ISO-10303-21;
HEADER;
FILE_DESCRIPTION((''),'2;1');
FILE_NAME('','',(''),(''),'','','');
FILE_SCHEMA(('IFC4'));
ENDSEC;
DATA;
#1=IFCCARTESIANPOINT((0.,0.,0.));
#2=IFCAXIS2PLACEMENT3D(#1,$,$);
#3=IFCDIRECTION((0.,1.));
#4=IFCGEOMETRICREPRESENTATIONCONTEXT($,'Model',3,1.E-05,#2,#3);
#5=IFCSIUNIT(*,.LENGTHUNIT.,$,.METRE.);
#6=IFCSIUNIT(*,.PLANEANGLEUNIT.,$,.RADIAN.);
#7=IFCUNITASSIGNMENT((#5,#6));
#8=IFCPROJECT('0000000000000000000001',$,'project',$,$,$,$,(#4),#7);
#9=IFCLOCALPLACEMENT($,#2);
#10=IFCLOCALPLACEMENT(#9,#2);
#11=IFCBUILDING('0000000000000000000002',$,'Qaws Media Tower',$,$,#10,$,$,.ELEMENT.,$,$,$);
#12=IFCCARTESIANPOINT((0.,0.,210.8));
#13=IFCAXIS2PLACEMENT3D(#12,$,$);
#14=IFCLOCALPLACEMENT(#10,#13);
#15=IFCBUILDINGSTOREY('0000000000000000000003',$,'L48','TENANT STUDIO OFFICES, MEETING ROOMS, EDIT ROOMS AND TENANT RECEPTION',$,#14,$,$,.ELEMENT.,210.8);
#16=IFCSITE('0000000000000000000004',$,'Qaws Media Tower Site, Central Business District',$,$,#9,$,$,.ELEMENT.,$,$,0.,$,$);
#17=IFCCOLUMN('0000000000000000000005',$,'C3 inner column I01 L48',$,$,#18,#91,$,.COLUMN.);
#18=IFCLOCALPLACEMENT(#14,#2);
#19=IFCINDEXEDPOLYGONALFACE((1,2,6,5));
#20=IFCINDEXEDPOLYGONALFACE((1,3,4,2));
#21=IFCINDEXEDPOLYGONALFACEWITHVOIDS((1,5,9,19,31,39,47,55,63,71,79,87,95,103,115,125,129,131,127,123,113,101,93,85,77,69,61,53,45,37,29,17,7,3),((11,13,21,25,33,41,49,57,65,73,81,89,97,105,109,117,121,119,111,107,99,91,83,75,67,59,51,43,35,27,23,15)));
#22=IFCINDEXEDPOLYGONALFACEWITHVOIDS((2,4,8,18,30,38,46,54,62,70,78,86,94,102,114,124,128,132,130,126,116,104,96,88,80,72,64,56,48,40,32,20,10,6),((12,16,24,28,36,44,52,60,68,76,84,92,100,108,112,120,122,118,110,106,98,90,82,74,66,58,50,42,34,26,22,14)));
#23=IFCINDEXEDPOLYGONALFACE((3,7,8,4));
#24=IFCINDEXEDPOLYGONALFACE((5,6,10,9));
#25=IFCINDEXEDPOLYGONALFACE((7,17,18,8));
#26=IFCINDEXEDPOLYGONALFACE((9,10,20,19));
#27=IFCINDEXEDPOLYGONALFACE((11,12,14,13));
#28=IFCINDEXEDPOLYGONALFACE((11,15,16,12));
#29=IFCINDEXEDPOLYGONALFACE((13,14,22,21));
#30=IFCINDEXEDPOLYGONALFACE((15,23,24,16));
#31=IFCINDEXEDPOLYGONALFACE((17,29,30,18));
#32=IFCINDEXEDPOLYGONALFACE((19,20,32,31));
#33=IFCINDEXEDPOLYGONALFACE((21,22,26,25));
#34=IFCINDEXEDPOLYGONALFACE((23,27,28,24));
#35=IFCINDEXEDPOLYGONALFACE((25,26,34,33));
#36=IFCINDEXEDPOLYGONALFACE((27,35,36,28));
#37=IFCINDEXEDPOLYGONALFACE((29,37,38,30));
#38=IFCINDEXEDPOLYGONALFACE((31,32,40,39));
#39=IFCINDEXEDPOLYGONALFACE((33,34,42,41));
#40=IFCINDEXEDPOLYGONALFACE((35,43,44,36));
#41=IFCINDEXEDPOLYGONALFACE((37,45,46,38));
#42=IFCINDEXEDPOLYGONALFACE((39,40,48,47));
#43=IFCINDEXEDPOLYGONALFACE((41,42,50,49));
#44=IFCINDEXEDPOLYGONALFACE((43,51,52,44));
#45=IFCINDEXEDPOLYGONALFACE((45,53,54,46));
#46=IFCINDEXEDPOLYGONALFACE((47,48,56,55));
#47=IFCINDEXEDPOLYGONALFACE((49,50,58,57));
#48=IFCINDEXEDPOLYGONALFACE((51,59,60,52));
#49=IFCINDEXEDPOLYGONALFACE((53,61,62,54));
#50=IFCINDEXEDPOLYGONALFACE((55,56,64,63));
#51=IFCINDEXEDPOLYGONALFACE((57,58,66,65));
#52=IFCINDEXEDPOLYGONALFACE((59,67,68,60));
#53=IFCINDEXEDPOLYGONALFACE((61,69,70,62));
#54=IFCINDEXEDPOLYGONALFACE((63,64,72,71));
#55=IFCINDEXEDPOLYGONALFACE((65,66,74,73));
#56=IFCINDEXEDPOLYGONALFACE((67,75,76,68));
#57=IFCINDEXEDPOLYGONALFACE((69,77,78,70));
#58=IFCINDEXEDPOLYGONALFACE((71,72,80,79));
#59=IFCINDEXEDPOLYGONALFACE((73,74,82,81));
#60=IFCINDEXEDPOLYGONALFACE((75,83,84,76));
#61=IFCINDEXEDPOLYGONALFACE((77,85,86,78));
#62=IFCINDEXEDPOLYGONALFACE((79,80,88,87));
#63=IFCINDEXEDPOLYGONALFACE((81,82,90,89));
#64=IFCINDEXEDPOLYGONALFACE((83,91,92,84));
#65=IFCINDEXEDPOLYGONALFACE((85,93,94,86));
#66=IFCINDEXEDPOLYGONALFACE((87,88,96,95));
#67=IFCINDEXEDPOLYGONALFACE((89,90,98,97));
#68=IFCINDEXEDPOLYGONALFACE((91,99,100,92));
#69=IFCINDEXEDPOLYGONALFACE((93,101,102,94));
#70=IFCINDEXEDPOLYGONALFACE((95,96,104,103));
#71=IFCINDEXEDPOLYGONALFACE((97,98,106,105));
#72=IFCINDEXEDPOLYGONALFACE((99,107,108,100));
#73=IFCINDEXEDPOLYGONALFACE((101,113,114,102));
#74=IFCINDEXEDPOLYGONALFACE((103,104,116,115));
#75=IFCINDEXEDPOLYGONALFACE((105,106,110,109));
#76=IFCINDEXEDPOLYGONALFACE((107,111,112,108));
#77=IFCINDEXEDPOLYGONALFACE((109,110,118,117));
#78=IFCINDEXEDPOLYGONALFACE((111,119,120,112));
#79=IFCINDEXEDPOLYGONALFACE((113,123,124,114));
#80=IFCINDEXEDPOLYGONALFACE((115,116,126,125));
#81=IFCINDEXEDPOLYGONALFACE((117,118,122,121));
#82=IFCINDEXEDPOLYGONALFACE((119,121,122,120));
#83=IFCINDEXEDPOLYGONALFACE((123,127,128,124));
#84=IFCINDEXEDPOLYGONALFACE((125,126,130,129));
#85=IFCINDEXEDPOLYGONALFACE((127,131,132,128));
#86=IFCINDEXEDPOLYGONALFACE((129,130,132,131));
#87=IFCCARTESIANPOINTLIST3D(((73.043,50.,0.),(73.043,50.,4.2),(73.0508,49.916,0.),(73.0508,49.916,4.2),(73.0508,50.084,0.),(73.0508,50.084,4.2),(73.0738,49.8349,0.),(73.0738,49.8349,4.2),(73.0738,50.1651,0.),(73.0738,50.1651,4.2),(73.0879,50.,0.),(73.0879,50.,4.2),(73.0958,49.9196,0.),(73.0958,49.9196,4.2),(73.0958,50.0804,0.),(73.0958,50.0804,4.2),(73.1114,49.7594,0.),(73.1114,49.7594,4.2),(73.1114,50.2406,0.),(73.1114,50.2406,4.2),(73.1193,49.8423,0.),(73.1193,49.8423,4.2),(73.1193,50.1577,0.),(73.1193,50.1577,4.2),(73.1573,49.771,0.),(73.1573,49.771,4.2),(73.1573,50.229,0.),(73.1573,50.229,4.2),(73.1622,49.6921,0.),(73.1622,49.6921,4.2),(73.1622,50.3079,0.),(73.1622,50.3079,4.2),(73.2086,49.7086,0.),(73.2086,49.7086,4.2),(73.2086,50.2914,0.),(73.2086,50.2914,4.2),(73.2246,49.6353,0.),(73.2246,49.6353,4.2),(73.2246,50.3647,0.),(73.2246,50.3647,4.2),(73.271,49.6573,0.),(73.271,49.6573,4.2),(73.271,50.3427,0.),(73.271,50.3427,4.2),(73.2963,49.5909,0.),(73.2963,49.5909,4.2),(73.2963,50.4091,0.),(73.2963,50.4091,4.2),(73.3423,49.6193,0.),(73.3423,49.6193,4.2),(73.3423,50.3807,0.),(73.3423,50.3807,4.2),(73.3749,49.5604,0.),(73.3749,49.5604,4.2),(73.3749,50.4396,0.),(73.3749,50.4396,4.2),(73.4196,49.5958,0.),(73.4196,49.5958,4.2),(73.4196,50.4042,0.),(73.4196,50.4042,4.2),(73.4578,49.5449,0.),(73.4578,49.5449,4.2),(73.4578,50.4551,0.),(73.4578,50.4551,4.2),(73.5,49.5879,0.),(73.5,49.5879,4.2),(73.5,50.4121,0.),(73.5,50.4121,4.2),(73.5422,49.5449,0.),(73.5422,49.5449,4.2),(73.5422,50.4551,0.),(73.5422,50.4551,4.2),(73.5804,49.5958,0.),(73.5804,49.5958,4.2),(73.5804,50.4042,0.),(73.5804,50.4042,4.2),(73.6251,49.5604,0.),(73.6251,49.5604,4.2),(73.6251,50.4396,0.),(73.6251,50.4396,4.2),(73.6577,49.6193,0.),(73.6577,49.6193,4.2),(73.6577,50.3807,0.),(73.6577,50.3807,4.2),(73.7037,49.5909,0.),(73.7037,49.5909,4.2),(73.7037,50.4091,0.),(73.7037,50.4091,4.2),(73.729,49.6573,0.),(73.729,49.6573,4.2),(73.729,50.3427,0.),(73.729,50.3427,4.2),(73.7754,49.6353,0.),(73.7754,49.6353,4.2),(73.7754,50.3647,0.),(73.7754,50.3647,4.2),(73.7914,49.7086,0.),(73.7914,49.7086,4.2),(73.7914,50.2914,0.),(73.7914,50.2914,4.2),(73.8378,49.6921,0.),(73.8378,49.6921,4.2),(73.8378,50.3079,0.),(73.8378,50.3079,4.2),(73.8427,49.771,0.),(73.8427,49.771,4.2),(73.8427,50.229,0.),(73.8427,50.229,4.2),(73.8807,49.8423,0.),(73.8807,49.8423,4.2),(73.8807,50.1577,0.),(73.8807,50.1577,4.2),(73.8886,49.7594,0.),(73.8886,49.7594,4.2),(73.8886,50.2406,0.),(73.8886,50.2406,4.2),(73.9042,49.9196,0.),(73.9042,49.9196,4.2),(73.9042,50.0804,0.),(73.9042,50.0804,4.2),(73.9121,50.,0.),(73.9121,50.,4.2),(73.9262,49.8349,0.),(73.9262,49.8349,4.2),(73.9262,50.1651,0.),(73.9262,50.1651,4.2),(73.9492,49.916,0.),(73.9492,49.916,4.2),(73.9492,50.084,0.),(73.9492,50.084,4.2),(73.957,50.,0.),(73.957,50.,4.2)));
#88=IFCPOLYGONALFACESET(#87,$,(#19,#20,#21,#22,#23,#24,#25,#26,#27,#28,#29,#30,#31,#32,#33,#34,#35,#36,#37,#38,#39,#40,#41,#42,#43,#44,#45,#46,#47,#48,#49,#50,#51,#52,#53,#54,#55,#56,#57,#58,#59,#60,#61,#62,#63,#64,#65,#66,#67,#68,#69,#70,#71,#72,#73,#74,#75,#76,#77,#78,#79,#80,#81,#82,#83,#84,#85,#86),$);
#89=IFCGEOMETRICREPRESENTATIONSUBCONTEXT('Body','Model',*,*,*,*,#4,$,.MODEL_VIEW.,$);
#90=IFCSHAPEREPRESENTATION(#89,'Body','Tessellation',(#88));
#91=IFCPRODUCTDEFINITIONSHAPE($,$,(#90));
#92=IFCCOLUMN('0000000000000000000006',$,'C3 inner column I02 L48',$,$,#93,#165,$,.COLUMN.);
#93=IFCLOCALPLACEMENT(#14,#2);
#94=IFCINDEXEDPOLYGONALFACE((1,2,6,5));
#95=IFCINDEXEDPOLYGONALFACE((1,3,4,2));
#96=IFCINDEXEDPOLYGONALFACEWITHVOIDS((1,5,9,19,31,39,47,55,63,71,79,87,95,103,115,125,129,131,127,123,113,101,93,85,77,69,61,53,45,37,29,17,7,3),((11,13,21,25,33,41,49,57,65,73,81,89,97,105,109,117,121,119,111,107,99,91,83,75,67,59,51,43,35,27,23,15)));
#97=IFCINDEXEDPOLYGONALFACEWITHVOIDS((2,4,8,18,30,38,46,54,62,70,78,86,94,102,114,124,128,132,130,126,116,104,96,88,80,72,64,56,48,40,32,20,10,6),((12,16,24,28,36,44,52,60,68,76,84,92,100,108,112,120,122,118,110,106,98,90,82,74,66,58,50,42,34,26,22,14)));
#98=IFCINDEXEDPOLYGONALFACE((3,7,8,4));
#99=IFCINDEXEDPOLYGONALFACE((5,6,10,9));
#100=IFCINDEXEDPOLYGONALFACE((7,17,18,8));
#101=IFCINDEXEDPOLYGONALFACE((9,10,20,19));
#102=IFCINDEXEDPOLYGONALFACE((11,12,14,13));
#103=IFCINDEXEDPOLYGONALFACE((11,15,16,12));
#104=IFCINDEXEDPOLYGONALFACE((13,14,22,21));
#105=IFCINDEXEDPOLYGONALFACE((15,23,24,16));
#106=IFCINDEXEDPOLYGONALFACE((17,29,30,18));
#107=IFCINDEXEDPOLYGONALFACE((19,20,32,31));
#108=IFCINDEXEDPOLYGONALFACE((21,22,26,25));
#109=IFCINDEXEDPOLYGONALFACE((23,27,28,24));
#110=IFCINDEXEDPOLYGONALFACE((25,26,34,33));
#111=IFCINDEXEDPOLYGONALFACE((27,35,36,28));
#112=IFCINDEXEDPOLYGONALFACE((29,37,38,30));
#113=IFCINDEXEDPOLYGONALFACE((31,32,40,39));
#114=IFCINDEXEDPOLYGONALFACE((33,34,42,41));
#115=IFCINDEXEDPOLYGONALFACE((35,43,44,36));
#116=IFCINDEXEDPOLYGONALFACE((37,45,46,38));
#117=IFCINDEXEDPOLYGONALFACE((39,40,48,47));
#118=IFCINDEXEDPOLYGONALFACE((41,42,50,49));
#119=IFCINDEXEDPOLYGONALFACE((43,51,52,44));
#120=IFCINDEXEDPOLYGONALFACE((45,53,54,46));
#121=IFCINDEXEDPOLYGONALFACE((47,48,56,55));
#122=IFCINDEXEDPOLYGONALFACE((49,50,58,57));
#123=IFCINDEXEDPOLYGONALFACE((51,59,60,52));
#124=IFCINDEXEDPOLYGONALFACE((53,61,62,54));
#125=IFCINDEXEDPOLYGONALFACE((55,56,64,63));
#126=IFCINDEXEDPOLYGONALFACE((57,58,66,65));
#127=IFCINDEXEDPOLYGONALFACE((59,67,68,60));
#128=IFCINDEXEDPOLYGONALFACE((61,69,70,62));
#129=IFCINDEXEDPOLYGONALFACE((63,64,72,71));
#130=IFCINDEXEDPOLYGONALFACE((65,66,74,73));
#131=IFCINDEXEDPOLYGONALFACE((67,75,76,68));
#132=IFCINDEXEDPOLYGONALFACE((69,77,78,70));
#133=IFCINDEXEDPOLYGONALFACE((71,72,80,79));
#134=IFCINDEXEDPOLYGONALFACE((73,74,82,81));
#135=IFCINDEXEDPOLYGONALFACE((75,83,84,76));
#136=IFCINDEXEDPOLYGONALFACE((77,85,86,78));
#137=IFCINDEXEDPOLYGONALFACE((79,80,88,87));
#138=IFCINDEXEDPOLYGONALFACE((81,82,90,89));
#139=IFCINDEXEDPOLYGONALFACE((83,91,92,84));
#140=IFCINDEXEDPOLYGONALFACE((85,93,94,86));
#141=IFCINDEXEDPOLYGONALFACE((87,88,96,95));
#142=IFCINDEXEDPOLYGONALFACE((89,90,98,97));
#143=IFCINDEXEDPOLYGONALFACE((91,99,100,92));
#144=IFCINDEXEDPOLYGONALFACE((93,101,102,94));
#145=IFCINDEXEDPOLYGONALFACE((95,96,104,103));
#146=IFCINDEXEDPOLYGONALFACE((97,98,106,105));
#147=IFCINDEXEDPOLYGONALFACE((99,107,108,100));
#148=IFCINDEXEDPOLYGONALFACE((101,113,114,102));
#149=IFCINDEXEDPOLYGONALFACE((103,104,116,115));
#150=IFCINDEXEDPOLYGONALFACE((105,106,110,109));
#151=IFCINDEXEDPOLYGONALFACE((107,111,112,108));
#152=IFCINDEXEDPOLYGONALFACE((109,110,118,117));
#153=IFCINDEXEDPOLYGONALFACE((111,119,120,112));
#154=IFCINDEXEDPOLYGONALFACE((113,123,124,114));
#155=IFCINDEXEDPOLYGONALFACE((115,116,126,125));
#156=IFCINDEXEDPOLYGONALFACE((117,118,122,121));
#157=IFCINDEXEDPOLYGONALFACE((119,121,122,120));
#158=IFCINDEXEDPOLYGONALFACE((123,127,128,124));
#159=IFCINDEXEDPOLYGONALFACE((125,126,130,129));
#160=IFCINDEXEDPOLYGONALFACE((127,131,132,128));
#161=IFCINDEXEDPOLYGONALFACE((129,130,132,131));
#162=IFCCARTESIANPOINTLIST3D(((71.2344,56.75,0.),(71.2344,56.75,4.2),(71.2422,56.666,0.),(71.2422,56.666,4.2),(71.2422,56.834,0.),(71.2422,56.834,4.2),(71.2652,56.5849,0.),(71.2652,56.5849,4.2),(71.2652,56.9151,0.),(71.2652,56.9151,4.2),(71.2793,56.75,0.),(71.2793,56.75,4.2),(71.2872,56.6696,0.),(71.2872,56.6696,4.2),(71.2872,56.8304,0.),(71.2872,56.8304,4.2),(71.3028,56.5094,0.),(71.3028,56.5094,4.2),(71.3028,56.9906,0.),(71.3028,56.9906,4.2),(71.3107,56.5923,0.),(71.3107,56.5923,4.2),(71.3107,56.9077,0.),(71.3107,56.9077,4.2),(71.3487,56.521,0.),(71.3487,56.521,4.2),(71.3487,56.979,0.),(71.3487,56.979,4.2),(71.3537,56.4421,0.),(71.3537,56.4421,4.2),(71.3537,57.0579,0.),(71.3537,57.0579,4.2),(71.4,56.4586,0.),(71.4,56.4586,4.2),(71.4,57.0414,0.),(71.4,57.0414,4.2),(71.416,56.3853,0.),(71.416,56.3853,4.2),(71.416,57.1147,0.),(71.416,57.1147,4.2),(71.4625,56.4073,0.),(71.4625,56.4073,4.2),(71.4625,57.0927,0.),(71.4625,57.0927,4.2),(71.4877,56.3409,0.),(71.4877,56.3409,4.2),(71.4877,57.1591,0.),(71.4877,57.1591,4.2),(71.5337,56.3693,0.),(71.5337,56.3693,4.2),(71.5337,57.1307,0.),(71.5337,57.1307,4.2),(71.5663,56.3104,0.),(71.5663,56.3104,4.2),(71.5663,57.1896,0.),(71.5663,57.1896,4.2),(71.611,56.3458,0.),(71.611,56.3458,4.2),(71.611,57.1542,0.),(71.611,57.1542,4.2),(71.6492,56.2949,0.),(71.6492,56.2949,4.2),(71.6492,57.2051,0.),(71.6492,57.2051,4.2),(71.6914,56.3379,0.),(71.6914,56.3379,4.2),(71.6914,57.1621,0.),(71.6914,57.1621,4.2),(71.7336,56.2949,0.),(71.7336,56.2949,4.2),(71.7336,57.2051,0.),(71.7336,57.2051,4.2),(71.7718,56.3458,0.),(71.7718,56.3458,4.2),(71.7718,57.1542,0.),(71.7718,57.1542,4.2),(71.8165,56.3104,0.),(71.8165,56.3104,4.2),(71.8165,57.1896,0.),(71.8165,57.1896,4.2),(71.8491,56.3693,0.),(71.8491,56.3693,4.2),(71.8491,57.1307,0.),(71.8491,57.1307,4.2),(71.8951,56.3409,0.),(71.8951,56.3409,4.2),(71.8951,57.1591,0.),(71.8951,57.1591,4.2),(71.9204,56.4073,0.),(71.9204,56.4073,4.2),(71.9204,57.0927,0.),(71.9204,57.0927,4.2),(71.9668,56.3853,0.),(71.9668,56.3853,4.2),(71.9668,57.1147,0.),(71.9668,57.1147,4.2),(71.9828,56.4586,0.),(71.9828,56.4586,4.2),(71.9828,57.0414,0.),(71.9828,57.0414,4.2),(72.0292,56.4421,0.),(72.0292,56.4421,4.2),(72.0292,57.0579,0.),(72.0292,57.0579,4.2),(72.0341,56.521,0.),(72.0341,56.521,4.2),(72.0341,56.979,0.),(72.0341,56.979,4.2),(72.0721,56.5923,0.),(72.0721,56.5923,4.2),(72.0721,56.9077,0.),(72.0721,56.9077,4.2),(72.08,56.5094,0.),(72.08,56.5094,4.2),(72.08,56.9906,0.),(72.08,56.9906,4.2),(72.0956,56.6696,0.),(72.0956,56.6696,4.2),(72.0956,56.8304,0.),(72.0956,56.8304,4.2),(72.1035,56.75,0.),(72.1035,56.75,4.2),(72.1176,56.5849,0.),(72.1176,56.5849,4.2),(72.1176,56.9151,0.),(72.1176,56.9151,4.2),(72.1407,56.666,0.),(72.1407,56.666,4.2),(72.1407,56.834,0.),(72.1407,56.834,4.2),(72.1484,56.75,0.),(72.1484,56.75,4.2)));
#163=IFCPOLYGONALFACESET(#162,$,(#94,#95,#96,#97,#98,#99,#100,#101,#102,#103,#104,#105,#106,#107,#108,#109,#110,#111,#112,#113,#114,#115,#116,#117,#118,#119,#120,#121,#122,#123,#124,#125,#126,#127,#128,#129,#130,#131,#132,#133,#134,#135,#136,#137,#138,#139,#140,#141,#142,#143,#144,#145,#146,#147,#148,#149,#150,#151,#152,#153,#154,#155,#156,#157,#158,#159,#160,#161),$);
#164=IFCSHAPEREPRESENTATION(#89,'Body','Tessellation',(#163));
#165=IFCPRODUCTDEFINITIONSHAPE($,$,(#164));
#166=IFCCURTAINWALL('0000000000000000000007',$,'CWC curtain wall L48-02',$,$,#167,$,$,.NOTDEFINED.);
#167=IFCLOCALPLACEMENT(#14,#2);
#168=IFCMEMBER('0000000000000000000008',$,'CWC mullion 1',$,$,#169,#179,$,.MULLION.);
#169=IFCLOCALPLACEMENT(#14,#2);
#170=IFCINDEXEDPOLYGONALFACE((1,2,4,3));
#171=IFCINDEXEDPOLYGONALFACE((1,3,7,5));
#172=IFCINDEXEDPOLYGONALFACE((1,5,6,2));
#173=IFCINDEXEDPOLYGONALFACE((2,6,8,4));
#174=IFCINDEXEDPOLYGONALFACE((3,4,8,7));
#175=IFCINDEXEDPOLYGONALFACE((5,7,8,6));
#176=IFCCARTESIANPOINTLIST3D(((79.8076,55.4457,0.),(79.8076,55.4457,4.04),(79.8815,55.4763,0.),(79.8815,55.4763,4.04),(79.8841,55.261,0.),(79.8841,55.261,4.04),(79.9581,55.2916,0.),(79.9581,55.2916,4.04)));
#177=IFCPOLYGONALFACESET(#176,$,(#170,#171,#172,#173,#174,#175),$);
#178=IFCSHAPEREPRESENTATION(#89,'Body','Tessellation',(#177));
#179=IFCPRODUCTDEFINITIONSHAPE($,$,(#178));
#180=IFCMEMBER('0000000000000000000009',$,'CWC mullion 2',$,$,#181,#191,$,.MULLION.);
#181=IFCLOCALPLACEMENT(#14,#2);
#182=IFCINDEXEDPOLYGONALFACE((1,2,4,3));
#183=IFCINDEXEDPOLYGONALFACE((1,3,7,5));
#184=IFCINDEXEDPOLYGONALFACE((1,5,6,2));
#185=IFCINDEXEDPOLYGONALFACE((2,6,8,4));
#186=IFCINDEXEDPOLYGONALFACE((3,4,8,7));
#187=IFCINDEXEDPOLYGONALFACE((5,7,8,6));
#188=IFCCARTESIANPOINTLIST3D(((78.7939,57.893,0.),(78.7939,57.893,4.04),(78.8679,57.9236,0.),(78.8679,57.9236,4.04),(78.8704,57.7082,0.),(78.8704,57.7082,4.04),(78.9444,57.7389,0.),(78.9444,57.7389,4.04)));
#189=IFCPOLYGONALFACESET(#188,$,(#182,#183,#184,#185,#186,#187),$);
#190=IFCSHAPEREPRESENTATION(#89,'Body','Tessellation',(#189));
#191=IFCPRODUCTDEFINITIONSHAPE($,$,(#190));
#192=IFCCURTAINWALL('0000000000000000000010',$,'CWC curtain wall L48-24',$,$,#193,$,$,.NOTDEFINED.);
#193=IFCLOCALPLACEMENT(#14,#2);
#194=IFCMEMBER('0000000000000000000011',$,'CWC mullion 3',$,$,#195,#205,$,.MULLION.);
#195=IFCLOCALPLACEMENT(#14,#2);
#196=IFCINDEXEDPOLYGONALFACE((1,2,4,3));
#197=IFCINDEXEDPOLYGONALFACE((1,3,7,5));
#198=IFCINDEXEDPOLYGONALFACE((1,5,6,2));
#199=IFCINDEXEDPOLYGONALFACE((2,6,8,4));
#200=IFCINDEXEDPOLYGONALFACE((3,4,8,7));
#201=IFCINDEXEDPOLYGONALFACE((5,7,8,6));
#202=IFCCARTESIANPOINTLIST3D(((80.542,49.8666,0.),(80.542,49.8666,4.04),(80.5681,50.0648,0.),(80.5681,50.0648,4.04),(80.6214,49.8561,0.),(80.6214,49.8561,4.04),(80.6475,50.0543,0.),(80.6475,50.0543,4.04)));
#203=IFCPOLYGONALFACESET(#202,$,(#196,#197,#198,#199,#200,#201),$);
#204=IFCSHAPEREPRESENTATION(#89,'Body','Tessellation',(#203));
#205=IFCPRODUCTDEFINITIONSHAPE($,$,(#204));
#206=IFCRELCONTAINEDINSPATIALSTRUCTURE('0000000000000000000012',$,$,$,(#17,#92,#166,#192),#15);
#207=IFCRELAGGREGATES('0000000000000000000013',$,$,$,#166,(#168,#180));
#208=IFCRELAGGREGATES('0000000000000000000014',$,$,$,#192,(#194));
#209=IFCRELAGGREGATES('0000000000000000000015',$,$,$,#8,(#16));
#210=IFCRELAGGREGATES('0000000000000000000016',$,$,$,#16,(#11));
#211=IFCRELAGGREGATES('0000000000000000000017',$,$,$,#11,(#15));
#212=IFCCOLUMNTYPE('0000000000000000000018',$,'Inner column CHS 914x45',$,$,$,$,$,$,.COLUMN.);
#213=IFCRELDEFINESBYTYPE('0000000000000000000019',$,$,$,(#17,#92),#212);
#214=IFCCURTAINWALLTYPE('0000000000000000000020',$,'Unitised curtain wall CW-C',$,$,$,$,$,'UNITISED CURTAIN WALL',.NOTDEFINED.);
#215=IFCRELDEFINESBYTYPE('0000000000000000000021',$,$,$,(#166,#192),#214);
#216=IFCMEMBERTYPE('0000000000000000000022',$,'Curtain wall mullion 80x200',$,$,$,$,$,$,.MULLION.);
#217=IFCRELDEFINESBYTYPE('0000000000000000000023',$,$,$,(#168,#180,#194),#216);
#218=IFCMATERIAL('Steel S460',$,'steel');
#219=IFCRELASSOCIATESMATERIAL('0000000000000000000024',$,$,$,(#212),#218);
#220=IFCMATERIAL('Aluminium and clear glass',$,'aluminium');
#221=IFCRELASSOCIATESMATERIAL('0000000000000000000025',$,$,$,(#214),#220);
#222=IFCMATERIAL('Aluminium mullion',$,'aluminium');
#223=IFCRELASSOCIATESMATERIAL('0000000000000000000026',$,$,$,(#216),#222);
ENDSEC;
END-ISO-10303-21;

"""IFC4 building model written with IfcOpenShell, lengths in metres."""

from ifc_helpers import new_model, si_unit, direction, frame, origin, origin_2d, place, context, subcontext, project, spatial, rectangle, hollow_circle, extrude, material, material_profile, profile_set, type_object, element, aggregate, save


model = new_model("IFC4")

# Units and contexts
model_context = context("Model", 3, precision=1e-05, world=origin(), true_north=direction((0.0, 1.0)))
body_context = subcontext(model_context, "Body", "Model", "MODEL_VIEW")
ifc_project = project(units=[si_unit("LENGTHUNIT", "METRE"), si_unit("PLANEANGLEUNIT", "RADIAN")], contexts=[model_context])

# Site, building, storey
site_placement = place(None, origin())
site = spatial("IfcSite", under=ifc_project, at=site_placement, Name="Qaws Media Tower Site, Central Business District", CompositionType="ELEMENT", RefElevation=0.0)
building_placement = place(site_placement, origin())
building = spatial("IfcBuilding", under=site, at=building_placement, Name="Qaws Media Tower", CompositionType="ELEMENT")
storey_placement = place(building_placement, frame((0.0, 0.0, 210.8)))
storey = spatial("IfcBuildingStorey", under=building, at=storey_placement, Name="L48", Description="TENANT STUDIO OFFICES, MEETING ROOMS, EDIT ROOMS AND TENANT RECEPTION", CompositionType="ELEMENT", Elevation=210.8)

# Columns
ifc_material_1 = material(Name="Steel S460", Category="steel")
ifc_material_profile_1 = material_profile(ifc_material_1, hollow_circle(Radius=0.457, WallThickness=0.0449, at=origin_2d()), Name="CHS 914x45")
ifc_profile_set_1 = profile_set([ifc_material_profile_1], Name="Steel S460")
column_type = type_object("IfcColumnType", Name="Inner column CHS 914x45", PredefinedType="COLUMN", material=ifc_profile_set_1)
for number, where, z_axis, x_axis, name in (
    (1, (73.5, 50.0, 0.0), (0.0, 0.0, 1.0), (1.0, 0.0, 0.0), "C3 inner column I01 L48"),
    (2, (71.6914, 56.75, 0.0), (0.0, 0.0, 1.0), (1.0, 0.0, 0.0), "C3 inner column I02 L48"),
):
    element("IfcColumn", number, at=place(storey_placement, frame(where, z_axis=z_axis, x_axis=x_axis)), inside=storey, type_object=column_type, Name=name, PredefinedType="COLUMN", context=body_context, shape_type="SweptSolid", body=[
        extrude(hollow_circle(Radius=0.457, WallThickness=0.0449, at=origin_2d()), origin(), (0.0, 0.0, 1.0), 4.2),
    ])

# Curtain wall, members
ifc_material_2 = material(Name="Aluminium and clear glass", Category="aluminium")
curtain_wall_type = type_object("IfcCurtainWallType", Name="Unitised curtain wall CW-C", ElementType="UNITISED CURTAIN WALL", PredefinedType="NOTDEFINED", material=ifc_material_2)
curtain_wall_1_placement = place(storey_placement, origin())
curtain_wall_1 = element("IfcCurtainWall", 3, at=curtain_wall_1_placement, inside=storey, type_object=curtain_wall_type, Name="CWC curtain wall L48-02", PredefinedType="NOTDEFINED")
ifc_material_3 = material(Name="Aluminium mullion", Category="aluminium")
ifc_material_profile_2 = material_profile(ifc_material_3, rectangle(XDim=0.0801, YDim=0.2, at=origin_2d()), Name="80x200")
ifc_profile_set_2 = profile_set([ifc_material_profile_2], Name="Aluminium mullion")
member_type_1 = type_object("IfcMemberType", Name="Curtain wall mullion 80x200", PredefinedType="MULLION", material=ifc_profile_set_2)
member_1_placement = place(storey_placement, frame((79.8828, 55.3687, 0.0), z_axis=(0.0, 0.0, 1.0), x_axis=(-0.92388, -0.382683, 0.0)))
member_1 = element("IfcMember", 4, at=member_1_placement, type_object=member_type_1, Name="CWC mullion 1", PredefinedType="MULLION", context=body_context, shape_type="SweptSolid", body=[
    extrude(rectangle(XDim=0.0801, YDim=0.2, at=origin_2d()), origin(), (0.0, 0.0, 1.0), 4.04),
])
member_2_placement = place(storey_placement, frame((78.8691, 57.8159, 0.0), z_axis=(0.0, 0.0, 1.0), x_axis=(-0.92388, -0.382683, 0.0)))
member_2 = element("IfcMember", 5, at=member_2_placement, type_object=member_type_1, Name="CWC mullion 2", PredefinedType="MULLION", context=body_context, shape_type="SweptSolid", body=[
    extrude(rectangle(XDim=0.0801, YDim=0.2, at=origin_2d()), origin(), (0.0, 0.0, 1.0), 4.04),
])

# Curtain wall, member
curtain_wall_2_placement = place(storey_placement, origin())
curtain_wall_2 = element("IfcCurtainWall", 6, at=curtain_wall_2_placement, inside=storey, type_object=curtain_wall_type, Name="CWC curtain wall L48-24", PredefinedType="NOTDEFINED")
member_3_placement = place(storey_placement, frame((80.5947, 49.9604, 0.0), z_axis=(0.0, 0.0, 1.0), x_axis=(-0.991445, 0.130526, 0.0)))
member_3 = element("IfcMember", 7, at=member_3_placement, type_object=member_type_1, Name="CWC mullion 3", PredefinedType="MULLION", context=body_context, shape_type="SweptSolid", body=[
    extrude(rectangle(XDim=0.0801, YDim=0.2, at=origin_2d()), origin(), (0.0, 0.0, 1.0), 4.04),
])

aggregate(curtain_wall_1, [member_1, member_2])
aggregate(curtain_wall_2, [member_3])

save(model, "model.ifc")
